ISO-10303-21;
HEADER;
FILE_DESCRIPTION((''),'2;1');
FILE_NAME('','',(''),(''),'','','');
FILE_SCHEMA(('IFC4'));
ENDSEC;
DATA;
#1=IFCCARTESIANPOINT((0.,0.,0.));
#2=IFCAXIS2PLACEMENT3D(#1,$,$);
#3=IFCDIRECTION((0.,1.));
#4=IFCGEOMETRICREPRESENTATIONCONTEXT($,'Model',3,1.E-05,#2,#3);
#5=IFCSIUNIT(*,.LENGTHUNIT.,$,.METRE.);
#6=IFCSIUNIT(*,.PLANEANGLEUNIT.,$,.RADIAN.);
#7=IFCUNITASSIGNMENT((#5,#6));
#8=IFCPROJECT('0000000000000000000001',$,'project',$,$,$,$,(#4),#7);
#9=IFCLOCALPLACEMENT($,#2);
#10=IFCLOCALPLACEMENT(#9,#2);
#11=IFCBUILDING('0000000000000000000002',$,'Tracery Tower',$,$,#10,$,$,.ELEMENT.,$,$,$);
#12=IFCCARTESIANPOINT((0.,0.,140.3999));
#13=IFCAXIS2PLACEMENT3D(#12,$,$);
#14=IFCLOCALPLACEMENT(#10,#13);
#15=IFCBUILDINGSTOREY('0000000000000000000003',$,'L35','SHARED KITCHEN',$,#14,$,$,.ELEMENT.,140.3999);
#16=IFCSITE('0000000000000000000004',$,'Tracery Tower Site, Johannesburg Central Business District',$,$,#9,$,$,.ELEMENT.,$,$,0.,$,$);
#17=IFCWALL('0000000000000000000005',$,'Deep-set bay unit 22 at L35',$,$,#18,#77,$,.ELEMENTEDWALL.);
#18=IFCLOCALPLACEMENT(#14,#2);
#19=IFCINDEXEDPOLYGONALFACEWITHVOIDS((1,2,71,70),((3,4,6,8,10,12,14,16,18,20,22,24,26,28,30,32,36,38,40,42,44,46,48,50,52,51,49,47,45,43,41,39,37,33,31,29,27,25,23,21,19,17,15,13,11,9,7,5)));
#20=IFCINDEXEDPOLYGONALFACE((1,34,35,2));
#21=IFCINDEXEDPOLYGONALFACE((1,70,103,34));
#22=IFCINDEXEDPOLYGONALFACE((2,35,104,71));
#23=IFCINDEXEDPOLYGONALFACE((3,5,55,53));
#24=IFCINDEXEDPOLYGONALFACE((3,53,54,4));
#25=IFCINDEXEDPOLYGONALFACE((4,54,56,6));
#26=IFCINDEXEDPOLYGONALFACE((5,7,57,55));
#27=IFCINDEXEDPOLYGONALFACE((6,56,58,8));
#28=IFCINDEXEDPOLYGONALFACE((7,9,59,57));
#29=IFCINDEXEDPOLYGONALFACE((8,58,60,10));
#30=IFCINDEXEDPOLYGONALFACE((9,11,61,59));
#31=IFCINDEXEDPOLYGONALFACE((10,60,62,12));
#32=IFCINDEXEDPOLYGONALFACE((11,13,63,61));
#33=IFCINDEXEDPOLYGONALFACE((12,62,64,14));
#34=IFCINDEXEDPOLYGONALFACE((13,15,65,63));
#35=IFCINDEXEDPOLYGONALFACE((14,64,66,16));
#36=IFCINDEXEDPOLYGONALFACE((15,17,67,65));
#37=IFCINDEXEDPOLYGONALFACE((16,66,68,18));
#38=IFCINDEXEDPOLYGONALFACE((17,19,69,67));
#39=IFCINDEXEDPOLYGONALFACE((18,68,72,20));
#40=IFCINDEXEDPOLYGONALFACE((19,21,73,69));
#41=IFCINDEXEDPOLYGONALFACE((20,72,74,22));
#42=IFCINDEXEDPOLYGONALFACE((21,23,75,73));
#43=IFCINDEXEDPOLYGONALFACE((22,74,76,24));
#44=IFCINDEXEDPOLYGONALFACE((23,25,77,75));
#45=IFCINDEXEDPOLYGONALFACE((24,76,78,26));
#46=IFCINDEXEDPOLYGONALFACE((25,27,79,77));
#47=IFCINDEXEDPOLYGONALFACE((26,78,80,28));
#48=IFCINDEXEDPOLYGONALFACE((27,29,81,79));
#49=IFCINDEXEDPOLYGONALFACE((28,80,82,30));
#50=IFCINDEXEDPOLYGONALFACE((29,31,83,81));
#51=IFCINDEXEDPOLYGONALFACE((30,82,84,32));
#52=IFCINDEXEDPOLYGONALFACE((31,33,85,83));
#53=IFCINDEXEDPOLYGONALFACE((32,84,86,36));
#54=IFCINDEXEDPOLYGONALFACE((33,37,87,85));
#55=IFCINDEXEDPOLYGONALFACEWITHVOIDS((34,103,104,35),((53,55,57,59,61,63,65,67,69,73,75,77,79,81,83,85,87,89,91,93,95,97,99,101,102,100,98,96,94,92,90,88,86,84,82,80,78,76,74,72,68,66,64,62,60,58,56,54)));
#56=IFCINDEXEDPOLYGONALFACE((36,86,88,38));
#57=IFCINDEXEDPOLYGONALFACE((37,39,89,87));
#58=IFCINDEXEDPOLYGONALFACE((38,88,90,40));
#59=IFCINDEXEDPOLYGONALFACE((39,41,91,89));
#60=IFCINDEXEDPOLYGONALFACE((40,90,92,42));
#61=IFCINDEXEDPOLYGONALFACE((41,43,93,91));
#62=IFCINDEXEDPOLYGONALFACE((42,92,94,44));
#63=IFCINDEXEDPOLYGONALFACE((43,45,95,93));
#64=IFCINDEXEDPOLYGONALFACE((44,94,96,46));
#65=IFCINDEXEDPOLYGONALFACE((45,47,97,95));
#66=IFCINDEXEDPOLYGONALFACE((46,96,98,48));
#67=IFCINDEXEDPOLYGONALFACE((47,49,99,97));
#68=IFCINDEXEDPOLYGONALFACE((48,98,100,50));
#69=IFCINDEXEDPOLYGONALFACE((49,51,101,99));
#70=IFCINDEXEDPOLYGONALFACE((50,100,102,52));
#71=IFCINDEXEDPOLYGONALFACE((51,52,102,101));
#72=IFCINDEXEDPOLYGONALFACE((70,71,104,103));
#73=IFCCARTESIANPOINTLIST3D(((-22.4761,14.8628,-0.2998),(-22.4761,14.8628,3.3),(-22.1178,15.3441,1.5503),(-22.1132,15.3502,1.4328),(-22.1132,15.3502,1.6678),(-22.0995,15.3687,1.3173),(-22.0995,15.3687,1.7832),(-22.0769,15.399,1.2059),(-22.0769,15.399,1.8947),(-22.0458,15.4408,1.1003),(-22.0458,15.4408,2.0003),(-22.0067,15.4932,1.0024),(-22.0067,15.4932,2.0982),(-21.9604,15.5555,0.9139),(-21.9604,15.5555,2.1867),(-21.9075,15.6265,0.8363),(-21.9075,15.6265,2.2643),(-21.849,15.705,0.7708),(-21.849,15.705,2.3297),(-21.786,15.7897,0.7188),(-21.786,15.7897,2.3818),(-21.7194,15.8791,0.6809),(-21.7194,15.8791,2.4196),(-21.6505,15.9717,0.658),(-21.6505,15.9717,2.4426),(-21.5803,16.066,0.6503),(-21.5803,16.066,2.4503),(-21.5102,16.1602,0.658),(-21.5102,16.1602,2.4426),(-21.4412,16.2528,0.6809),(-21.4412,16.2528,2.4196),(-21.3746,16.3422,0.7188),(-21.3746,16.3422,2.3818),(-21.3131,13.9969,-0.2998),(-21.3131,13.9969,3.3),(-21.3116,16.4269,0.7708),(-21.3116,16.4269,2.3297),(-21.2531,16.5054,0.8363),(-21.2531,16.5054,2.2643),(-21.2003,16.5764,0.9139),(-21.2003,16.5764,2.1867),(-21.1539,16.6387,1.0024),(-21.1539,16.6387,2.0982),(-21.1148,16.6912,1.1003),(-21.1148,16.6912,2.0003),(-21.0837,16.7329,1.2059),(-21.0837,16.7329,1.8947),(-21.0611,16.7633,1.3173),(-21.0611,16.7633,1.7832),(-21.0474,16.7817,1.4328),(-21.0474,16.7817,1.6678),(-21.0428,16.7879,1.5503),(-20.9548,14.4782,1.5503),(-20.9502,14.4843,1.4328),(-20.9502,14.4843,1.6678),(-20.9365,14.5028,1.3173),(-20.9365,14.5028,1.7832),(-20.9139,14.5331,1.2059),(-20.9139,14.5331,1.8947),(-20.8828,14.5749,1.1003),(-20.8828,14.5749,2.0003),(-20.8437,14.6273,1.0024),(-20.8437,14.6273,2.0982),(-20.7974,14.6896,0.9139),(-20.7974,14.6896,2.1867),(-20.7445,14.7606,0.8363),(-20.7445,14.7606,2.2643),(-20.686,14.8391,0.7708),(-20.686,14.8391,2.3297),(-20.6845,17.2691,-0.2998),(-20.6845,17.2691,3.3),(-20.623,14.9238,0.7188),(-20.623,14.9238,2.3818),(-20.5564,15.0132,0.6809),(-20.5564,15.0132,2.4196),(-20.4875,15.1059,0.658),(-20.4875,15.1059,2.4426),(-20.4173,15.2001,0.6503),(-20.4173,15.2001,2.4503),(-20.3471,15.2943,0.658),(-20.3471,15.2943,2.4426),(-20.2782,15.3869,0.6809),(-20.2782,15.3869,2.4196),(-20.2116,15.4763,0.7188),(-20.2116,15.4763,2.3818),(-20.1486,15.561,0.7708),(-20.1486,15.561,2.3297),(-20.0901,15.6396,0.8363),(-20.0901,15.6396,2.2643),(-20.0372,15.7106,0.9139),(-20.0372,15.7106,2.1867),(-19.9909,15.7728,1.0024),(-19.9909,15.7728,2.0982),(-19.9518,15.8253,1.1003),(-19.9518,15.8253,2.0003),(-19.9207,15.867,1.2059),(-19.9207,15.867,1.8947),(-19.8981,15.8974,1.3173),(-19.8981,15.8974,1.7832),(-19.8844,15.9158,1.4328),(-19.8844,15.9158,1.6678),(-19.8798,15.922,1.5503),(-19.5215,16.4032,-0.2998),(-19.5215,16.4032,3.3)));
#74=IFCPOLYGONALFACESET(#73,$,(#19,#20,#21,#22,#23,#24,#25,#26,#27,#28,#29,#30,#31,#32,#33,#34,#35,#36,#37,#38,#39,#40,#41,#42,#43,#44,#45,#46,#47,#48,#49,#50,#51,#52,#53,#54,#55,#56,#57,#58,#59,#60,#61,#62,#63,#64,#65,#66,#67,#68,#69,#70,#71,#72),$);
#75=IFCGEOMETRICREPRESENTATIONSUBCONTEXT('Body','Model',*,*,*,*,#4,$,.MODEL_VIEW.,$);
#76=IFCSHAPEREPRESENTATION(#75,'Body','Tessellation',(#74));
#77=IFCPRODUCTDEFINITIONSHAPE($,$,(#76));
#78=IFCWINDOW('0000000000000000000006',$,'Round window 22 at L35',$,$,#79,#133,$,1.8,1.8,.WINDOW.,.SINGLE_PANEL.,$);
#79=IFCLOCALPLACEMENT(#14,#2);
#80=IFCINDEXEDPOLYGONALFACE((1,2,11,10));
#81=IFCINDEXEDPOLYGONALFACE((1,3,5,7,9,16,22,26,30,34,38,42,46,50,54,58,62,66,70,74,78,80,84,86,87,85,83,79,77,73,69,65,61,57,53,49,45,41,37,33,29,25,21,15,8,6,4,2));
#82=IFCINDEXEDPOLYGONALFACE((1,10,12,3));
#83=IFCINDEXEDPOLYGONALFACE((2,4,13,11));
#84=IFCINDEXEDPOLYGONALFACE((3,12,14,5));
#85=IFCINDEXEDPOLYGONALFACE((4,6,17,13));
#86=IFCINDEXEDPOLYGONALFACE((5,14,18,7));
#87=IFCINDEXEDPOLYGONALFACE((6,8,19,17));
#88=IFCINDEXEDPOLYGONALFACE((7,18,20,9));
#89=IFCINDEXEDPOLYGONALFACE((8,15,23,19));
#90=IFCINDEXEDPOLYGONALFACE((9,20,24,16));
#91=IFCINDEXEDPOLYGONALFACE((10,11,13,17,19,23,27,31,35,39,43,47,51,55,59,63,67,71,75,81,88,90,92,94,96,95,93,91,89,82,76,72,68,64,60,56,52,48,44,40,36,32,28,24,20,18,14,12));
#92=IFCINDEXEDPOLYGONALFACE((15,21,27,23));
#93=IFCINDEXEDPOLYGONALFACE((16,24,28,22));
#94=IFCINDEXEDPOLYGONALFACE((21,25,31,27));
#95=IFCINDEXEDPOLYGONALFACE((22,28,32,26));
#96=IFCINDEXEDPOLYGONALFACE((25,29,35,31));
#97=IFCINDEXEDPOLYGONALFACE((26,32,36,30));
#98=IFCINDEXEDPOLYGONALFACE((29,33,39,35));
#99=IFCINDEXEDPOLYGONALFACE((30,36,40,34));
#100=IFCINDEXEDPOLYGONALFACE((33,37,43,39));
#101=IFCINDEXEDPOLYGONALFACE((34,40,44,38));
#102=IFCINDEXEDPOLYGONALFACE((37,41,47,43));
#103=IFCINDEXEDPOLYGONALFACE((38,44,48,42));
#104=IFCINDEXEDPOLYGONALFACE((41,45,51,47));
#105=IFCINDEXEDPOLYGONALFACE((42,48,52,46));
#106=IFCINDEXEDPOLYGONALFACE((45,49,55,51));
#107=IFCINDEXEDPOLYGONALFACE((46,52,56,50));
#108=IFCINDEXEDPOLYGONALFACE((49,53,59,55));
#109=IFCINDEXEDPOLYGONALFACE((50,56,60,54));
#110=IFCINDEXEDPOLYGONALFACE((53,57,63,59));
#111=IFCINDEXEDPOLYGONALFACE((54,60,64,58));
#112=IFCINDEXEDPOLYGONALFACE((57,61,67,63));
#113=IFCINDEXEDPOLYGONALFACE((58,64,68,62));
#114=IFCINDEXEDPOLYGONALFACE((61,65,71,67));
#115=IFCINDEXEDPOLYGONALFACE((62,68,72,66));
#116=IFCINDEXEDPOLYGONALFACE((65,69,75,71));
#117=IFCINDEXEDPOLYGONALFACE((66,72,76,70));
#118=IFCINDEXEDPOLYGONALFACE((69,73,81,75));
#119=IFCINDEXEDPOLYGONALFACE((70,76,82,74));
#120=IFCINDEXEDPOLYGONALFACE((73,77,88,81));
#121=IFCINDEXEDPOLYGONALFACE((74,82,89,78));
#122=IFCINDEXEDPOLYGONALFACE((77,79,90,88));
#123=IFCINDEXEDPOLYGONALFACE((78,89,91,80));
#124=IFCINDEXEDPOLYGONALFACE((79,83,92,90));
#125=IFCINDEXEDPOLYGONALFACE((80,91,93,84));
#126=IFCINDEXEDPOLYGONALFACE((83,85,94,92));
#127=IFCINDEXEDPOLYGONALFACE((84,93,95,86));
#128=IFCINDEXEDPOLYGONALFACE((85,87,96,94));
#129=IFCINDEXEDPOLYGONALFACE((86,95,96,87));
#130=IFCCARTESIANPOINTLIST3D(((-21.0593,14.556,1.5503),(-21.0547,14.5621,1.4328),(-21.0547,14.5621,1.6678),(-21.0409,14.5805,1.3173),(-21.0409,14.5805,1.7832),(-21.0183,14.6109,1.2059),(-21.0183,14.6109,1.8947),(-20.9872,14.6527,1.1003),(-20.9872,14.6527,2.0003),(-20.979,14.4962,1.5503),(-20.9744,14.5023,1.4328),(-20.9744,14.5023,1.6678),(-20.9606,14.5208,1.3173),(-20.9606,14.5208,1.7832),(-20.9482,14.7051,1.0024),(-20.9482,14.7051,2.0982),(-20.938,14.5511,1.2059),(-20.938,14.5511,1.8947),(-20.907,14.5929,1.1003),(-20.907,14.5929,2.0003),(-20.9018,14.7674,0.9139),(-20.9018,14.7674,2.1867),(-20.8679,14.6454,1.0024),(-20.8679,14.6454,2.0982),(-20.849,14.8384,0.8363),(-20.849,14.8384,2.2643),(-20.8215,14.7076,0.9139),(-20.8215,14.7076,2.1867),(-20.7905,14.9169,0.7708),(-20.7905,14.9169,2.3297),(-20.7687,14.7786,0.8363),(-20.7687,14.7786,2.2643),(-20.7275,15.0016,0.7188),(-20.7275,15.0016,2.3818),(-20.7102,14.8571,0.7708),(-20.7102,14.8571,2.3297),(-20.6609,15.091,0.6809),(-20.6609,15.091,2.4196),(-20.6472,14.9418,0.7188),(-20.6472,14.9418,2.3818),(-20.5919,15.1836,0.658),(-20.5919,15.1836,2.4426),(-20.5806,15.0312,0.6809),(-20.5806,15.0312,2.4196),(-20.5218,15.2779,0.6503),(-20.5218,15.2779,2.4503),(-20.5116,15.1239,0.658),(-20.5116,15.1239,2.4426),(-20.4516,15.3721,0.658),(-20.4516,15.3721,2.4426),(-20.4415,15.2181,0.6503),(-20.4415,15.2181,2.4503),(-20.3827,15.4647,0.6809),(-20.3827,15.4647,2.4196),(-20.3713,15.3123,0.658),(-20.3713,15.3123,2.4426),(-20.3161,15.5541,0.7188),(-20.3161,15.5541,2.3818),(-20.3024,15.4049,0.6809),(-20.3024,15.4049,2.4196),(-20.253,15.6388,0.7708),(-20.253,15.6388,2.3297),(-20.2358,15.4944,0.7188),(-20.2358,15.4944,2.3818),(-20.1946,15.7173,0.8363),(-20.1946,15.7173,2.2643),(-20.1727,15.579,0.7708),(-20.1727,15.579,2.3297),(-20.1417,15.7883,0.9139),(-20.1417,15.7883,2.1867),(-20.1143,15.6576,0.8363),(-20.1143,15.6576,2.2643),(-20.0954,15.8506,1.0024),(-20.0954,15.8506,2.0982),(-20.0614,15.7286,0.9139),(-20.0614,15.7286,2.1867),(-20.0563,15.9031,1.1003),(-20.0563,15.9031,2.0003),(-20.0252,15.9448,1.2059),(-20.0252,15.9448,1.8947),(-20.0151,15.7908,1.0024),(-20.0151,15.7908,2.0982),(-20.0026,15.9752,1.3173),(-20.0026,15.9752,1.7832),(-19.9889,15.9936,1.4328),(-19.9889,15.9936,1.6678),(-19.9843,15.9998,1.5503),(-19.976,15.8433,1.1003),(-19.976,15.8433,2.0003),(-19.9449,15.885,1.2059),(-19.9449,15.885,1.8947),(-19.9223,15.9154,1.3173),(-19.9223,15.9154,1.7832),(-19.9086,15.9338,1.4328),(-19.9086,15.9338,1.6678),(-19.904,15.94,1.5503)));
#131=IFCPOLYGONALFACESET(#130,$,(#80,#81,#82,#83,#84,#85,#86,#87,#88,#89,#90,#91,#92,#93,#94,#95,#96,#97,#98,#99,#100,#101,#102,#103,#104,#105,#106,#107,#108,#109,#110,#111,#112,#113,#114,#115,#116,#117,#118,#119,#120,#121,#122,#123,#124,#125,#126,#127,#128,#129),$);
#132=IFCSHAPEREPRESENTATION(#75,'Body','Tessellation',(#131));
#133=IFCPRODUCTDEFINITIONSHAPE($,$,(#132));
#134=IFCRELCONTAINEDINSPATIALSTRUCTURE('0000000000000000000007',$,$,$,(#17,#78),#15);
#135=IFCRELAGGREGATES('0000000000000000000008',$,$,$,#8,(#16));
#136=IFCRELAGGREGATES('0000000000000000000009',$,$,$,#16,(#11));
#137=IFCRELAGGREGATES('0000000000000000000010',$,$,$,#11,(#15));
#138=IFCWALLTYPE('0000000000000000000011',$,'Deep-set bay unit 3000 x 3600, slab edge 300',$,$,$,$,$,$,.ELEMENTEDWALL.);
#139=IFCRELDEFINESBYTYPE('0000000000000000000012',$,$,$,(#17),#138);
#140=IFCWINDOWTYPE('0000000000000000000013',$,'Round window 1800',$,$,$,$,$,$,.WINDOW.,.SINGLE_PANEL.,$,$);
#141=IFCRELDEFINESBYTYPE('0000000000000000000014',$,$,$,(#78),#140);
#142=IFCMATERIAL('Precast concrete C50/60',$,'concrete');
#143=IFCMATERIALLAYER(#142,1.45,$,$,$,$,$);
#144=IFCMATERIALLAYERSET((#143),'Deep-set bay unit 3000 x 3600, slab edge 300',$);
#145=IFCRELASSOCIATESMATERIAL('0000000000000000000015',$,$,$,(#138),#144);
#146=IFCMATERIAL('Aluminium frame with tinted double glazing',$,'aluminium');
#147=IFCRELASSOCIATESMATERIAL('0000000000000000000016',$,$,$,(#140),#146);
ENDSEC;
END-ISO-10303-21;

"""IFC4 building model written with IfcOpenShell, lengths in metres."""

from ifc_helpers import new_model, si_unit, direction, frame, frame_2d, origin, origin_2d, place, context, subcontext, project, spatial, rectangle, circle, extrude, material, layer, layer_set, type_object, element, fill, save


model = new_model("IFC4")

# Units and contexts
model_context = context("Model", 3, precision=1e-05, world=origin(), true_north=direction((0.0, 1.0)))
body_context = subcontext(model_context, "Body", "Model", "MODEL_VIEW")
ifc_project = project(units=[si_unit("LENGTHUNIT", "METRE"), si_unit("PLANEANGLEUNIT", "RADIAN")], contexts=[model_context])

# Site, building, storey
site_placement = place(None, origin())
site = spatial("IfcSite", under=ifc_project, at=site_placement, Name="Tracery Tower Site, Johannesburg Central Business District", CompositionType="ELEMENT", RefElevation=0.0)
building_placement = place(site_placement, origin())
building = spatial("IfcBuilding", under=site, at=building_placement, Name="Tracery Tower", CompositionType="ELEMENT")
storey_placement = place(building_placement, frame((0.0, 0.0, 140.3999)))
storey = spatial("IfcBuildingStorey", under=building, at=storey_placement, Name="L35", Description="SHARED KITCHEN", CompositionType="ELEMENT", Elevation=140.3999)

# Wall, opening, window
ifc_material_1 = material(Name="Precast concrete C50/60", Category="concrete")
ifc_layer_1 = layer(ifc_material_1, 1.45)
ifc_layer_set_1 = layer_set([ifc_layer_1], Name="Deep-set bay unit 3000 x 3600, slab edge 300")
wall_type_1 = type_object("IfcWallType", Name="Deep-set bay unit 3000 x 3600, slab edge 300", PredefinedType="ELEMENTEDWALL", material=ifc_layer_set_1)
ifc_material_2 = material(Name="Aluminium frame with tinted double glazing", Category="aluminium")
window_type = type_object("IfcWindowType", Name="Round window 1800", PartitioningType="SINGLE_PANEL", PredefinedType="WINDOW", material=ifc_material_2)
wall_1_placement = place(storey_placement, frame((-20.103, 16.8362, -0.2998), z_axis=(0.0, 0.0, 1.0), x_axis=(-0.597184, -0.802104, 0.0)))
wall_1 = element("IfcWall", 1, at=wall_1_placement, inside=storey, type_object=wall_type_1, Name="Deep-set bay unit 22 at L35", PredefinedType="ELEMENTEDWALL", context=body_context, shape_type="SweptSolid", body=[
    extrude(rectangle(XDim=3.0, YDim=1.45, at=frame_2d((1.5, 0.0))), origin(), (0.0, 0.0, 1.0), 3.5999),
])
opening_1_placement = place(wall_1_placement, frame((1.5, 0.0, 1.8501)))
opening_1 = element("IfcOpeningElement", 2, at=opening_1_placement, cuts=wall_1, PredefinedType="OPENING", context=body_context, shape_type="SweptSolid", body=[
    extrude(circle(Radius=0.9, at=origin_2d()), frame((0.0, 0.7349, 0.0), z_axis=(0.0, -1.0, 0.0), x_axis=(1.0, 0.0, 0.0)), (0.0, 0.0, 1.0), 1.47),
])
window_1_placement = place(opening_1_placement, origin())
window_1 = element("IfcWindow", 3, at=window_1_placement, inside=storey, type_object=window_type, Name="Round window 22 at L35", OverallHeight=1.8, OverallWidth=1.8, PartitioningType="SINGLE_PANEL", PredefinedType="WINDOW", context=body_context, shape_type="SweptSolid", body=[
    extrude(circle(Radius=0.9, at=origin_2d()), frame((0.0, 0.6948, 0.0), z_axis=(0.0, -1.0, 0.0), x_axis=(1.0, 0.0, 0.0)), (0.0, 0.0, 1.0), 0.1001),
])
fill(opening_1, window_1)

save(model, "model.ifc")
